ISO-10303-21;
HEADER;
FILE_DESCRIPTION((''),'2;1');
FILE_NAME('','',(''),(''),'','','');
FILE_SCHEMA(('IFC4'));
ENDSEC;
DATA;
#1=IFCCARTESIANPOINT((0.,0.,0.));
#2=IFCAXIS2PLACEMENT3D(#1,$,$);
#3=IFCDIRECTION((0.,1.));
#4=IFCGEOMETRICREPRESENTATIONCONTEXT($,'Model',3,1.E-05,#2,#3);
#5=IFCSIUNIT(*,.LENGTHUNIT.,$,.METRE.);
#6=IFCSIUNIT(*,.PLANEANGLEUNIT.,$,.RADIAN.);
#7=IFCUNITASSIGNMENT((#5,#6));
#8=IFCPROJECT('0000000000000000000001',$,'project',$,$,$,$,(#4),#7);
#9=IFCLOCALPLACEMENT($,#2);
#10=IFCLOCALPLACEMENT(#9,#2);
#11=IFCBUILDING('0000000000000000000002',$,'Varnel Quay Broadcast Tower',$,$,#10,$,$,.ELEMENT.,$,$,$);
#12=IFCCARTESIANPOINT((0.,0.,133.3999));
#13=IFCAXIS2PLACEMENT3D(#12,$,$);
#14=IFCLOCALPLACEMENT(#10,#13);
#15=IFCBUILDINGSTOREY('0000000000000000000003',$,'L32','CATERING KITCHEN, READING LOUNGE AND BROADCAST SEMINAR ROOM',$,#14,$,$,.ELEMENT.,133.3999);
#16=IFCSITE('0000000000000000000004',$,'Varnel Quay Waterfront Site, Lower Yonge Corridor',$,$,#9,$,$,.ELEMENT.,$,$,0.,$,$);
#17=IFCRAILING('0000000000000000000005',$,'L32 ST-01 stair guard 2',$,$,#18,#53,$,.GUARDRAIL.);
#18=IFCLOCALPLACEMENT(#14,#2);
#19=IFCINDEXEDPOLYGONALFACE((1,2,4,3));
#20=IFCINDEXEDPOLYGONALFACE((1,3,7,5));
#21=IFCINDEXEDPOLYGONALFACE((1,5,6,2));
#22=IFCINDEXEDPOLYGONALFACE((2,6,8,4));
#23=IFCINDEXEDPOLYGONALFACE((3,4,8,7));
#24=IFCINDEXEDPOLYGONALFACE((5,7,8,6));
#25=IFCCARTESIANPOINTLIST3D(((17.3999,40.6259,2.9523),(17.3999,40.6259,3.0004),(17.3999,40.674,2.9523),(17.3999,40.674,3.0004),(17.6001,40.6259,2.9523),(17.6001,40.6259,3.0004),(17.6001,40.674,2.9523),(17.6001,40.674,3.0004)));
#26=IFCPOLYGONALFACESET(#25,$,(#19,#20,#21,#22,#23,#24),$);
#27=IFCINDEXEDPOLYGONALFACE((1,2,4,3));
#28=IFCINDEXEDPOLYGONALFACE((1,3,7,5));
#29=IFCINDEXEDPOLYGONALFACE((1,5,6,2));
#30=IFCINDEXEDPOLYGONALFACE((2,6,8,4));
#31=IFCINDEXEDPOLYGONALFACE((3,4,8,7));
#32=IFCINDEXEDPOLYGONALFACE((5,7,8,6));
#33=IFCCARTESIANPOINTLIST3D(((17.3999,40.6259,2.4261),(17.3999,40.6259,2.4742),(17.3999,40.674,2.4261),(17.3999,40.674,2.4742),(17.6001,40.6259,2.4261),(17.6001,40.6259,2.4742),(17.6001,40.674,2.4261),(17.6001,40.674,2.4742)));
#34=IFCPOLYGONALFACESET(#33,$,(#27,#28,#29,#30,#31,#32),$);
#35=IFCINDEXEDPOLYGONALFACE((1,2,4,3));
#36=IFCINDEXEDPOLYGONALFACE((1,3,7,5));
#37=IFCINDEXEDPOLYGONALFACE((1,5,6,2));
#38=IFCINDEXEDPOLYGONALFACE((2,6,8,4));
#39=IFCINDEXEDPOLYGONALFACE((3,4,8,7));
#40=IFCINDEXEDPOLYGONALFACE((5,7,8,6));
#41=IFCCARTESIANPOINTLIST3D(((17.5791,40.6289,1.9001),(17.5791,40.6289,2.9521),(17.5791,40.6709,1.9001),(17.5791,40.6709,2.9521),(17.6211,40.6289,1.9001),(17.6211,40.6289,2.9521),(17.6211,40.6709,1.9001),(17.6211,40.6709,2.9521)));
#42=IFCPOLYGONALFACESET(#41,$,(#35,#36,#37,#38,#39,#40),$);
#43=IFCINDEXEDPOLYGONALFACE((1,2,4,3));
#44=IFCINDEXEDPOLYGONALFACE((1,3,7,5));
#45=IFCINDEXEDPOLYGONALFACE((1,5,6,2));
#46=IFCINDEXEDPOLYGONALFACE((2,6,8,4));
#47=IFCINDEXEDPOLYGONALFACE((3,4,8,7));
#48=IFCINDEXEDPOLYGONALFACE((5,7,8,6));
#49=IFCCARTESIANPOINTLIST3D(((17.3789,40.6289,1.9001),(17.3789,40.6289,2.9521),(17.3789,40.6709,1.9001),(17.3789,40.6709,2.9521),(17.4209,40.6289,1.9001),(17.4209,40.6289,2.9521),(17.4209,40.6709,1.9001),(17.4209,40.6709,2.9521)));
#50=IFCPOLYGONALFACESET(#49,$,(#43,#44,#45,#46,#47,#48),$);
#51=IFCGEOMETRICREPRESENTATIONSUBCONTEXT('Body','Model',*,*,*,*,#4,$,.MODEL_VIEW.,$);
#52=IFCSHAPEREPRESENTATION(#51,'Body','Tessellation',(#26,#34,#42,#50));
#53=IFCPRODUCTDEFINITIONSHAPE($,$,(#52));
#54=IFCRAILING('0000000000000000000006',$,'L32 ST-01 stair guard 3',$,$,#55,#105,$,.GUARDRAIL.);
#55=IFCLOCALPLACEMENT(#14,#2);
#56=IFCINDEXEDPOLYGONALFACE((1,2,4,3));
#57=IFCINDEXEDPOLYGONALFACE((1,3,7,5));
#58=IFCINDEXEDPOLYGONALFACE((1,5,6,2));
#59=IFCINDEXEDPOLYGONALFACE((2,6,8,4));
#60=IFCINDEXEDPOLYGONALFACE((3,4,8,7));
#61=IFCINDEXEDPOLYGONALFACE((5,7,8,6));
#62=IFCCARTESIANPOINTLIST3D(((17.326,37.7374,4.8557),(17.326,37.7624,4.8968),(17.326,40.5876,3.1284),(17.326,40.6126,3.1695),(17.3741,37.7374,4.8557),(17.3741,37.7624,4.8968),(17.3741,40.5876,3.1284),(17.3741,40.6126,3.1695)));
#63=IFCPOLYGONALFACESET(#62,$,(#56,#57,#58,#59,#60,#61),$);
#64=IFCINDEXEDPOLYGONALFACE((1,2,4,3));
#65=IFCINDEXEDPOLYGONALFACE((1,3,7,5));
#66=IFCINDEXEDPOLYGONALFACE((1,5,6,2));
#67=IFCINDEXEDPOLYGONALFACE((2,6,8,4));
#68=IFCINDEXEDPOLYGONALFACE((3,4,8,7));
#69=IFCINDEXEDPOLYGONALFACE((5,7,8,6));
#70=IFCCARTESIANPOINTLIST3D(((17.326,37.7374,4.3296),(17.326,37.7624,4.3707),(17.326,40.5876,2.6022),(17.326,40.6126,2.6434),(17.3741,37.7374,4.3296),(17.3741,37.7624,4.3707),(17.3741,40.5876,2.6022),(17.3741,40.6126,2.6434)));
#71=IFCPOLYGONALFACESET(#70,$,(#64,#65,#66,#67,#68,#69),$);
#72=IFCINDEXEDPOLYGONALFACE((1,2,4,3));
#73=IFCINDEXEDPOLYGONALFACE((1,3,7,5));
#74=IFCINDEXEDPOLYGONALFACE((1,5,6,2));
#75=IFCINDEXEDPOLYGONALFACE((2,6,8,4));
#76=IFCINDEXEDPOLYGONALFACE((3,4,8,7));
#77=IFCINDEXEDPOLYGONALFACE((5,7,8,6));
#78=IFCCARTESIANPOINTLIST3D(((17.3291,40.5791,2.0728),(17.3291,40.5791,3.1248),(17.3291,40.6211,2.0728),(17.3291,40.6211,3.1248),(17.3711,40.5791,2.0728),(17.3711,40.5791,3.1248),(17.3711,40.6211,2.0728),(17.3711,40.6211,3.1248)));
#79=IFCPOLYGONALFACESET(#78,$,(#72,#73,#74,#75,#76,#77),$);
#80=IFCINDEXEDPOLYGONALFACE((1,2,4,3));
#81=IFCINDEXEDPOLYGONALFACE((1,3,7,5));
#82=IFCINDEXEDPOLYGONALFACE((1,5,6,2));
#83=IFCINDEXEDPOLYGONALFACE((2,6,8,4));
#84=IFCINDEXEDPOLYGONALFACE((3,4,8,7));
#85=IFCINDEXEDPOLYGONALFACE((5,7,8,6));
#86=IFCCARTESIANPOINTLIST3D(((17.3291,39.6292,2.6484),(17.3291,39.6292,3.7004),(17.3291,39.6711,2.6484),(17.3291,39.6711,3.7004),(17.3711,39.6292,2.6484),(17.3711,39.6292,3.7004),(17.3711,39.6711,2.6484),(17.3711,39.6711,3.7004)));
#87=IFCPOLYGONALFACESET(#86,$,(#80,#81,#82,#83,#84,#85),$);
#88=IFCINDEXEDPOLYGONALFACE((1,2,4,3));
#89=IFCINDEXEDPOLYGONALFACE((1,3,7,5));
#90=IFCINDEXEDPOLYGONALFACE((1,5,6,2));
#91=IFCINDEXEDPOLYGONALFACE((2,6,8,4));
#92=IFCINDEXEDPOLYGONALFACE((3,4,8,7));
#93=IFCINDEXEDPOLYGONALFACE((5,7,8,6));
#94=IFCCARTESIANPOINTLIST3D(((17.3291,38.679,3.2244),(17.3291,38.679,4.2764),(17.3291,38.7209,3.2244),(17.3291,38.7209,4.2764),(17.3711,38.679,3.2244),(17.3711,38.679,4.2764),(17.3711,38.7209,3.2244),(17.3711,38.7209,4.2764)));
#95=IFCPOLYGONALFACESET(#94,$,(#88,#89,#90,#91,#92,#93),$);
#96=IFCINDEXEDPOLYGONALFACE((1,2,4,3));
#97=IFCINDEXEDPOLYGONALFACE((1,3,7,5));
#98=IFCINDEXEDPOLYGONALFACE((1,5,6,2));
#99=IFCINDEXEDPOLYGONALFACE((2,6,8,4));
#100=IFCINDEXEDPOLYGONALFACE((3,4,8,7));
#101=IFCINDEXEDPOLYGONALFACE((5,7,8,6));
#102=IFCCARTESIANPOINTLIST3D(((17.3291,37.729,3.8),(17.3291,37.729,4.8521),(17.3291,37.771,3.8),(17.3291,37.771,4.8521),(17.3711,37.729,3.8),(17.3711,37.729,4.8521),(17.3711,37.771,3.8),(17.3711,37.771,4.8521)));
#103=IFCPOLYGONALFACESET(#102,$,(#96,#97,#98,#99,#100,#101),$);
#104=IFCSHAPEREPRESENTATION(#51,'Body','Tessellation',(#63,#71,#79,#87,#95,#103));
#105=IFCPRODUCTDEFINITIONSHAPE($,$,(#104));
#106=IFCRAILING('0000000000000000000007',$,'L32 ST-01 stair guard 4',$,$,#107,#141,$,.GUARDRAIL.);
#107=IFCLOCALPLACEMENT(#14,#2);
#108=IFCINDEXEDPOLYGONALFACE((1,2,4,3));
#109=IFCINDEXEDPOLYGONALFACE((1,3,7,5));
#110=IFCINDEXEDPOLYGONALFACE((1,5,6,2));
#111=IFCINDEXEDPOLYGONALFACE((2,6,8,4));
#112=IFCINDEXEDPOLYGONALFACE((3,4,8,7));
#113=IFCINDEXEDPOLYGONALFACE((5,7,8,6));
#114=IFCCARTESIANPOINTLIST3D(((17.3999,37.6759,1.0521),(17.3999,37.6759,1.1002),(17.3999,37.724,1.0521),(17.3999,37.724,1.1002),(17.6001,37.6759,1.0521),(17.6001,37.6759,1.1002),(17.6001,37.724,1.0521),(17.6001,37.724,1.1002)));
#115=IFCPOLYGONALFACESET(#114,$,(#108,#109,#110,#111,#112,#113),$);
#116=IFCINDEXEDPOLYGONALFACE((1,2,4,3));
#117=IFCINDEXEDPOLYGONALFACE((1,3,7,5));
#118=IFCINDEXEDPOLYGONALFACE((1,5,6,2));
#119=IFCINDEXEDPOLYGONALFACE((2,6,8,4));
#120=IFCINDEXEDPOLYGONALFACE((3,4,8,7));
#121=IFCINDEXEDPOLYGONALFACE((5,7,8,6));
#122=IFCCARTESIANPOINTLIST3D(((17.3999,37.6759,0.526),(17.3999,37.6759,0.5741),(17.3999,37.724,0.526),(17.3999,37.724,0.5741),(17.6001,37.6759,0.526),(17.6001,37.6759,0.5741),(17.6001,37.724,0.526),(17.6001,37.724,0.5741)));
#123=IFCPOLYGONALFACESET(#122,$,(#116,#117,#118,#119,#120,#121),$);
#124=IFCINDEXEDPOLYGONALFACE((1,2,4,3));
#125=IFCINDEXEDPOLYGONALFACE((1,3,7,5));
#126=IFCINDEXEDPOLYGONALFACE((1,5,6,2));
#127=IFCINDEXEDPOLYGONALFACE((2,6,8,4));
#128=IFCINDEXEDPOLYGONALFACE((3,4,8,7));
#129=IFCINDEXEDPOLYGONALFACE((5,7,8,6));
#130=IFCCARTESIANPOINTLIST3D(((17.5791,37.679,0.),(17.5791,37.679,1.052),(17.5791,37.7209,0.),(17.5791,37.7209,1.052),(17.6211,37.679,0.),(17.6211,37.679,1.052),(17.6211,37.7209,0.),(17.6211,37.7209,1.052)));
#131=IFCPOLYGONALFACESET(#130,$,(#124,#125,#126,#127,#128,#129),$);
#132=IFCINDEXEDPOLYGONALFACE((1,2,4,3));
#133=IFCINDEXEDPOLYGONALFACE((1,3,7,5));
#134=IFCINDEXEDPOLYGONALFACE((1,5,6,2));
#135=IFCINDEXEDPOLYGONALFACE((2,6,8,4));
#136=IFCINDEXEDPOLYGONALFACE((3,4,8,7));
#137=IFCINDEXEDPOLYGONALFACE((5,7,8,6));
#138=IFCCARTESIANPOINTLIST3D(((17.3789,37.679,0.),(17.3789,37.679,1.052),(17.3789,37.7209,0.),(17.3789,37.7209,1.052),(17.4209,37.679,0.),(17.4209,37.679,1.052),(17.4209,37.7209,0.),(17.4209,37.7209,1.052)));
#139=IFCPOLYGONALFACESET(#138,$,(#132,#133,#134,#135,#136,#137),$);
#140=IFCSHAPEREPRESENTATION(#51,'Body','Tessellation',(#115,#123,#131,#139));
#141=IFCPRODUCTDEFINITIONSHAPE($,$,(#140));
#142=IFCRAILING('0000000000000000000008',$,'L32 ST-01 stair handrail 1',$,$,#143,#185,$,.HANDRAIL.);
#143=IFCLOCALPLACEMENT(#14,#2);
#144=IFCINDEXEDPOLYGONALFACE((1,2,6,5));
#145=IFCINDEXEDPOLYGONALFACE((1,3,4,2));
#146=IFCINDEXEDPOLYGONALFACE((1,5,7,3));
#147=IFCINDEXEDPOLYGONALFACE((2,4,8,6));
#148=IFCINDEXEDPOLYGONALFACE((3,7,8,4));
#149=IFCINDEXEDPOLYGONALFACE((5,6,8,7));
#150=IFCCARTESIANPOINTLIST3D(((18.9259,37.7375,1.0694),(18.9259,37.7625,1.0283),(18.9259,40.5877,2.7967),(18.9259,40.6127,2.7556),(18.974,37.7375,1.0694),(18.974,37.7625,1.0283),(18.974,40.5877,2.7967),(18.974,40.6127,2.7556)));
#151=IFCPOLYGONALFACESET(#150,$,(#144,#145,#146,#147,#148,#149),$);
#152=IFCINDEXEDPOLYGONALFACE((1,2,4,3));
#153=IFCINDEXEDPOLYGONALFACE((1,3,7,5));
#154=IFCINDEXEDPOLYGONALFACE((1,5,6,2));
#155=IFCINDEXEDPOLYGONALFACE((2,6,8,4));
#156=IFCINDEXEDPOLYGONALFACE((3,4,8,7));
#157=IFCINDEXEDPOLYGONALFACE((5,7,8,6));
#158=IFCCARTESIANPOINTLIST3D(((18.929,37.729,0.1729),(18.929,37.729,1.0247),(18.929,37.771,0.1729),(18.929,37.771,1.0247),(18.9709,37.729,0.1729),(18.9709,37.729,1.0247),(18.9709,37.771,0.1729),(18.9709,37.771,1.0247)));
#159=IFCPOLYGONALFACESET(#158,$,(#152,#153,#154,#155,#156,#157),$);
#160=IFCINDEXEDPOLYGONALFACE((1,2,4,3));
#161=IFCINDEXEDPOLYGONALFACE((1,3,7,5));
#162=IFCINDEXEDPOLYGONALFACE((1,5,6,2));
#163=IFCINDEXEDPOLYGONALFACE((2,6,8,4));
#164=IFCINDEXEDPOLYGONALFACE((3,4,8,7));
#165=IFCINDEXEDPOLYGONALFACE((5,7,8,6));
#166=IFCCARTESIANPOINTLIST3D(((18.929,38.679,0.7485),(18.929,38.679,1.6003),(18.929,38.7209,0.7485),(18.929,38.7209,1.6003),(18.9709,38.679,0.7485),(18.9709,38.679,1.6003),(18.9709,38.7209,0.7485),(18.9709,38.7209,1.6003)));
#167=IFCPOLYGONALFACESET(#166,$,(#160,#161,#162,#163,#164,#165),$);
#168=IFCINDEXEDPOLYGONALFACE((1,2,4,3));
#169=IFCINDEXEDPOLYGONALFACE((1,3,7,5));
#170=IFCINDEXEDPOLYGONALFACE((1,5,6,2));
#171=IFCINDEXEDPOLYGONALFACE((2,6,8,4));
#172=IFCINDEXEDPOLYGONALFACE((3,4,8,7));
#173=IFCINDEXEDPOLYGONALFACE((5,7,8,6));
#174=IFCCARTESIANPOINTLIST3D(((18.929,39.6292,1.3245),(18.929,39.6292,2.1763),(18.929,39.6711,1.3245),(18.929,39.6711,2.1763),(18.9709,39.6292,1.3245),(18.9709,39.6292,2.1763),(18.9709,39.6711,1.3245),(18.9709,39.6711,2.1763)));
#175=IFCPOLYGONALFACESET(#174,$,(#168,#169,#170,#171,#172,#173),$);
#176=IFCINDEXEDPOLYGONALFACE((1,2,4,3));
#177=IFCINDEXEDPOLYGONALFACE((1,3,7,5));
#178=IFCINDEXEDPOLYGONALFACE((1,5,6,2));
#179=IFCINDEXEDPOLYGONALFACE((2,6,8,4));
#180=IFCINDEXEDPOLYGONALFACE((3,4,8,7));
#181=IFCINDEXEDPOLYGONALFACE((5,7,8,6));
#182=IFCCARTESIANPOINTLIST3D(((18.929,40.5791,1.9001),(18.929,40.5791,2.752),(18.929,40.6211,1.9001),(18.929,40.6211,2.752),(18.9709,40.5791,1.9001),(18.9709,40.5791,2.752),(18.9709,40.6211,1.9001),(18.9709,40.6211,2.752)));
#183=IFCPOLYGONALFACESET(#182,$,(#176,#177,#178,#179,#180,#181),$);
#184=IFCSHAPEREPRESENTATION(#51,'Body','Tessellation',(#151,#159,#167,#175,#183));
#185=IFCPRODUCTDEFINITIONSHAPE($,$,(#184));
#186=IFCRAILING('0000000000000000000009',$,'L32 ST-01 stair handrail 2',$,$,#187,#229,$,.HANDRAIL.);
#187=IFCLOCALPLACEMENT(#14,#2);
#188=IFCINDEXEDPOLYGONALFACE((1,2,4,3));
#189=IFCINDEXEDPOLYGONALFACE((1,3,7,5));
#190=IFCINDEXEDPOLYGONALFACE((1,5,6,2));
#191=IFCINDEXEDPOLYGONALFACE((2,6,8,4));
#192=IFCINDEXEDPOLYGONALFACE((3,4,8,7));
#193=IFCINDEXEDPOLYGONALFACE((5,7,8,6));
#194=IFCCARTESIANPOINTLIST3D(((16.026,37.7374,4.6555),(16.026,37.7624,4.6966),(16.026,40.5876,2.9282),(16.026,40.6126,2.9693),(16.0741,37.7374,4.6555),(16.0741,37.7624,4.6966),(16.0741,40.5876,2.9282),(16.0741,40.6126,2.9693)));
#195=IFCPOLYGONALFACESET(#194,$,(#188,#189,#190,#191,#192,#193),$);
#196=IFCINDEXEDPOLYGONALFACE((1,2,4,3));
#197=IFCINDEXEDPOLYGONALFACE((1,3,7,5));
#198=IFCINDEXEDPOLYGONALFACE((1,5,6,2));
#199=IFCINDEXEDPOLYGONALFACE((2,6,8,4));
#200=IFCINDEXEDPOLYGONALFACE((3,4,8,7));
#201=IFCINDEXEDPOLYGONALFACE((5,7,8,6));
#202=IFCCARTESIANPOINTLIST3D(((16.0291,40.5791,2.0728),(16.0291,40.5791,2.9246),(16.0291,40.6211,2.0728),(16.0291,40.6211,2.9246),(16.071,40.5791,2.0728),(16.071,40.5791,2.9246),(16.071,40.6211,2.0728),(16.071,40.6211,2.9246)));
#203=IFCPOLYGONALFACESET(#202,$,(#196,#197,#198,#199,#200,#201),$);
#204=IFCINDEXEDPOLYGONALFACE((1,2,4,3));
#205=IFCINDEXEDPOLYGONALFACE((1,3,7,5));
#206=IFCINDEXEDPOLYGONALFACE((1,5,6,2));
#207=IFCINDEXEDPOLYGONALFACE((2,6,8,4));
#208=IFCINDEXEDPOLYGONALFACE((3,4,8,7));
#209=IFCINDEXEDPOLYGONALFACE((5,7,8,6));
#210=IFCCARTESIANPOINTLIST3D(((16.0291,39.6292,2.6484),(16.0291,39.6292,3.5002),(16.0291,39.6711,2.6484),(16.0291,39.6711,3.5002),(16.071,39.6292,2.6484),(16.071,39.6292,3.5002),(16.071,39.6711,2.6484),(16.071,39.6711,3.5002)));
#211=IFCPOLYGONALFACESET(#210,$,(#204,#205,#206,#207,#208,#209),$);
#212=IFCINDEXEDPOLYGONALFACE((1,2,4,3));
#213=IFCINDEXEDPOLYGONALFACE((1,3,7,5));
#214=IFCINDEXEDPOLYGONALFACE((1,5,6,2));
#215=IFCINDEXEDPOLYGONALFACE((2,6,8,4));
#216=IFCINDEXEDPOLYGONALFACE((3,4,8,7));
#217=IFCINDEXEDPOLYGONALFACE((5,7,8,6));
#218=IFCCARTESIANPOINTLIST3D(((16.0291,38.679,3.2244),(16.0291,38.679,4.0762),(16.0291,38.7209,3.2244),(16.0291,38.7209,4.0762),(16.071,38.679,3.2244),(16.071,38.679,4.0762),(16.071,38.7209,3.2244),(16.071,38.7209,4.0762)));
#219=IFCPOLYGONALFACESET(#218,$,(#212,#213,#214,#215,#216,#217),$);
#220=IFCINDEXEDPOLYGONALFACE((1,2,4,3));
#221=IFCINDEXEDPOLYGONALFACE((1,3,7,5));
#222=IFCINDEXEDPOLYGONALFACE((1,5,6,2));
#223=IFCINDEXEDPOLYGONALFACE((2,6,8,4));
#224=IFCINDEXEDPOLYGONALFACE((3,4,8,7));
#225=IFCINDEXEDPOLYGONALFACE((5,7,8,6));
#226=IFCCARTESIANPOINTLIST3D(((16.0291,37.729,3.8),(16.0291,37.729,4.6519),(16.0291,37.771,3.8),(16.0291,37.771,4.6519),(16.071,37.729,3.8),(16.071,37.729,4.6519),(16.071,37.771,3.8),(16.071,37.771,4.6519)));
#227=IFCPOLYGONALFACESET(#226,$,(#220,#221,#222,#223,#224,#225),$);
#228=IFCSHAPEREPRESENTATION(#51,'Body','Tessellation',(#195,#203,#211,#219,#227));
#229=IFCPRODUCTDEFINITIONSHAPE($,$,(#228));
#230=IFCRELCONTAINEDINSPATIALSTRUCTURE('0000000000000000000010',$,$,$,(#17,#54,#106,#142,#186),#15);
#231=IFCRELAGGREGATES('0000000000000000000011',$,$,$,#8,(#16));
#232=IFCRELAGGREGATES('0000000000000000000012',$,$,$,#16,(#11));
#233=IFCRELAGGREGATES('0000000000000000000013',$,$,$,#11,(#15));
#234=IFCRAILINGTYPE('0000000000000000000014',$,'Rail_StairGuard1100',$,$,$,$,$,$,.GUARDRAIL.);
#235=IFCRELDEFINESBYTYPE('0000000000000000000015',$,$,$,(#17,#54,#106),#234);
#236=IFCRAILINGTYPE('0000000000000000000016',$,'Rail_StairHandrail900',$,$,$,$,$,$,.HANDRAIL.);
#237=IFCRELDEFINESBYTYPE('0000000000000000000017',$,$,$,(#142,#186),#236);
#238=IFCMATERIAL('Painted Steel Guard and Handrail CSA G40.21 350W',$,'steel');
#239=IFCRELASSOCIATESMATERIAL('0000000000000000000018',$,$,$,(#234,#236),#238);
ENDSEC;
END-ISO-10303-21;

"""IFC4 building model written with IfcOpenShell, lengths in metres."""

from ifc_helpers import new_model, si_unit, direction, frame, origin, origin_2d, place, context, subcontext, project, spatial, rectangle, extrude, material, type_object, element, save


model = new_model("IFC4")

# Units and contexts
model_context = context("Model", 3, precision=1e-05, world=origin(), true_north=direction((0.0, 1.0)))
body_context = subcontext(model_context, "Body", "Model", "MODEL_VIEW")
ifc_project = project(units=[si_unit("LENGTHUNIT", "METRE"), si_unit("PLANEANGLEUNIT", "RADIAN")], contexts=[model_context])

# Site, building, storey
site_placement = place(None, origin())
site = spatial("IfcSite", under=ifc_project, at=site_placement, Name="Varnel Quay Waterfront Site, Lower Yonge Corridor", CompositionType="ELEMENT", RefElevation=0.0)
building_placement = place(site_placement, origin())
building = spatial("IfcBuilding", under=site, at=building_placement, Name="Varnel Quay Broadcast Tower", CompositionType="ELEMENT")
storey_placement = place(building_placement, frame((0.0, 0.0, 133.3999)))
storey = spatial("IfcBuildingStorey", under=building, at=storey_placement, Name="L32", Description="CATERING KITCHEN, READING LOUNGE AND BROADCAST SEMINAR ROOM", CompositionType="ELEMENT", Elevation=133.3999)

# Railings
ifc_material_1 = material(Name="Painted Steel Guard and Handrail CSA G40.21 350W", Category="steel")
railing_type_1 = type_object("IfcRailingType", Name="Rail_StairGuard1100", PredefinedType="GUARDRAIL", material=ifc_material_1)
railing_1_placement = place(storey_placement, frame((17.6001, 40.6499, 1.9001)))
element("IfcRailing", 1, at=railing_1_placement, inside=storey, type_object=railing_type_1, Name="L32 ST-01 stair guard 2", PredefinedType="GUARDRAIL", context=body_context, shape_type="SweptSolid", body=[
    extrude(rectangle(XDim=0.0481, YDim=0.0481, at=origin_2d()), frame((0.0, 0.0, 1.0762), z_axis=(-1.0, 0.0, 0.0), x_axis=(0.0, -1.0, 0.0)), (0.0, 0.0, 1.0), 0.2002),
    extrude(rectangle(XDim=0.0481, YDim=0.0481, at=origin_2d()), frame((0.0, 0.0, 0.55), z_axis=(-1.0, 0.0, 0.0), x_axis=(0.0, -1.0, 0.0)), (0.0, 0.0, 1.0), 0.2002),
    extrude(rectangle(XDim=0.042, YDim=0.042, at=origin_2d()), origin(), (0.0, 0.0, 1.0), 1.052),
    extrude(rectangle(XDim=0.042, YDim=0.042, at=origin_2d()), frame((-0.2002, 0.0, 0.0)), (0.0, 0.0, 1.0), 1.052),
])
railing_2_placement = place(storey_placement, frame((17.3501, 40.6001, 2.0728)))
element("IfcRailing", 2, at=railing_2_placement, inside=storey, type_object=railing_type_1, Name="L32 ST-01 stair guard 3", PredefinedType="GUARDRAIL", context=body_context, shape_type="SweptSolid", body=[
    extrude(rectangle(XDim=0.0481, YDim=0.0481, at=origin_2d()), frame((0.0, 0.0, 1.0762), z_axis=(0.0, -0.855203, 0.518294), x_axis=(1.0, 0.0, 0.0)), (0.0, 0.0, 1.0), 3.3328),
    extrude(rectangle(XDim=0.0481, YDim=0.0481, at=origin_2d()), frame((0.0, 0.0, 0.55), z_axis=(0.0, -0.855203, 0.518294), x_axis=(1.0, 0.0, 0.0)), (0.0, 0.0, 1.0), 3.3328),
    extrude(rectangle(XDim=0.042, YDim=0.042, at=origin_2d()), origin(), (0.0, 0.0, 1.0), 1.052),
    extrude(rectangle(XDim=0.042, YDim=0.042, at=origin_2d()), frame((0.0, -0.95, 0.5757)), (0.0, 0.0, 1.0), 1.052),
    extrude(rectangle(XDim=0.042, YDim=0.042, at=origin_2d()), frame((0.0, -1.9001, 1.1516)), (0.0, 0.0, 1.0), 1.052),
    extrude(rectangle(XDim=0.042, YDim=0.042, at=origin_2d()), frame((0.0, -2.8501, 1.7273)), (0.0, 0.0, 1.0), 1.052),
])
railing_3_placement = place(storey_placement, frame((17.6001, 37.7, 0.0)))
element("IfcRailing", 3, at=railing_3_placement, inside=storey, type_object=railing_type_1, Name="L32 ST-01 stair guard 4", PredefinedType="GUARDRAIL", context=body_context, shape_type="SweptSolid", body=[
    extrude(rectangle(XDim=0.0481, YDim=0.0481, at=origin_2d()), frame((0.0, 0.0, 1.0762), z_axis=(-1.0, 0.0, 0.0), x_axis=(0.0, -1.0, 0.0)), (0.0, 0.0, 1.0), 0.2002),
    extrude(rectangle(XDim=0.0481, YDim=0.0481, at=origin_2d()), frame((0.0, 0.0, 0.55), z_axis=(-1.0, 0.0, 0.0), x_axis=(0.0, -1.0, 0.0)), (0.0, 0.0, 1.0), 0.2002),
    extrude(rectangle(XDim=0.042, YDim=0.042, at=origin_2d()), origin(), (0.0, 0.0, 1.0), 1.052),
    extrude(rectangle(XDim=0.042, YDim=0.042, at=origin_2d()), frame((-0.2002, 0.0, 0.0)), (0.0, 0.0, 1.0), 1.052),
])
railing_type_2 = type_object("IfcRailingType", Name="Rail_StairHandrail900", PredefinedType="HANDRAIL", material=ifc_material_1)
railing_4_placement = place(storey_placement, frame((18.95, 37.75, 0.1729)))
element("IfcRailing", 4, at=railing_4_placement, inside=storey, type_object=railing_type_2, Name="L32 ST-01 stair handrail 1", PredefinedType="HANDRAIL", context=body_context, shape_type="SweptSolid", body=[
    extrude(rectangle(XDim=0.0481, YDim=0.0481, at=origin_2d()), frame((0.0, 0.0, 0.876), z_axis=(0.0, 0.855203, 0.518294), x_axis=(-1.0, 0.0, 0.0)), (0.0, 0.0, 1.0), 3.3328),
    extrude(rectangle(XDim=0.042, YDim=0.042, at=origin_2d()), origin(), (0.0, 0.0, 1.0), 0.8518),
    extrude(rectangle(XDim=0.042, YDim=0.042, at=origin_2d()), frame((0.0, 0.95, 0.5757)), (0.0, 0.0, 1.0), 0.8518),
    extrude(rectangle(XDim=0.042, YDim=0.042, at=origin_2d()), frame((0.0, 1.9001, 1.1516)), (0.0, 0.0, 1.0), 0.8518),
    extrude(rectangle(XDim=0.042, YDim=0.042, at=origin_2d()), frame((0.0, 2.8501, 1.7273)), (0.0, 0.0, 1.0), 0.8518),
])
railing_5_placement = place(storey_placement, frame((16.05, 40.6001, 2.0728)))
element("IfcRailing", 5, at=railing_5_placement, inside=storey, type_object=railing_type_2, Name="L32 ST-01 stair handrail 2", PredefinedType="HANDRAIL", context=body_context, shape_type="SweptSolid", body=[
    extrude(rectangle(XDim=0.0481, YDim=0.0481, at=origin_2d()), frame((0.0, 0.0, 0.876), z_axis=(0.0, -0.855203, 0.518294), x_axis=(1.0, 0.0, 0.0)), (0.0, 0.0, 1.0), 3.3328),
    extrude(rectangle(XDim=0.042, YDim=0.042, at=origin_2d()), origin(), (0.0, 0.0, 1.0), 0.8518),
    extrude(rectangle(XDim=0.042, YDim=0.042, at=origin_2d()), frame((0.0, -0.95, 0.5757)), (0.0, 0.0, 1.0), 0.8518),
    extrude(rectangle(XDim=0.042, YDim=0.042, at=origin_2d()), frame((0.0, -1.9001, 1.1516)), (0.0, 0.0, 1.0), 0.8518),
    extrude(rectangle(XDim=0.042, YDim=0.042, at=origin_2d()), frame((0.0, -2.8501, 1.7273)), (0.0, 0.0, 1.0), 0.8518),
])

save(model, "model.ifc")
